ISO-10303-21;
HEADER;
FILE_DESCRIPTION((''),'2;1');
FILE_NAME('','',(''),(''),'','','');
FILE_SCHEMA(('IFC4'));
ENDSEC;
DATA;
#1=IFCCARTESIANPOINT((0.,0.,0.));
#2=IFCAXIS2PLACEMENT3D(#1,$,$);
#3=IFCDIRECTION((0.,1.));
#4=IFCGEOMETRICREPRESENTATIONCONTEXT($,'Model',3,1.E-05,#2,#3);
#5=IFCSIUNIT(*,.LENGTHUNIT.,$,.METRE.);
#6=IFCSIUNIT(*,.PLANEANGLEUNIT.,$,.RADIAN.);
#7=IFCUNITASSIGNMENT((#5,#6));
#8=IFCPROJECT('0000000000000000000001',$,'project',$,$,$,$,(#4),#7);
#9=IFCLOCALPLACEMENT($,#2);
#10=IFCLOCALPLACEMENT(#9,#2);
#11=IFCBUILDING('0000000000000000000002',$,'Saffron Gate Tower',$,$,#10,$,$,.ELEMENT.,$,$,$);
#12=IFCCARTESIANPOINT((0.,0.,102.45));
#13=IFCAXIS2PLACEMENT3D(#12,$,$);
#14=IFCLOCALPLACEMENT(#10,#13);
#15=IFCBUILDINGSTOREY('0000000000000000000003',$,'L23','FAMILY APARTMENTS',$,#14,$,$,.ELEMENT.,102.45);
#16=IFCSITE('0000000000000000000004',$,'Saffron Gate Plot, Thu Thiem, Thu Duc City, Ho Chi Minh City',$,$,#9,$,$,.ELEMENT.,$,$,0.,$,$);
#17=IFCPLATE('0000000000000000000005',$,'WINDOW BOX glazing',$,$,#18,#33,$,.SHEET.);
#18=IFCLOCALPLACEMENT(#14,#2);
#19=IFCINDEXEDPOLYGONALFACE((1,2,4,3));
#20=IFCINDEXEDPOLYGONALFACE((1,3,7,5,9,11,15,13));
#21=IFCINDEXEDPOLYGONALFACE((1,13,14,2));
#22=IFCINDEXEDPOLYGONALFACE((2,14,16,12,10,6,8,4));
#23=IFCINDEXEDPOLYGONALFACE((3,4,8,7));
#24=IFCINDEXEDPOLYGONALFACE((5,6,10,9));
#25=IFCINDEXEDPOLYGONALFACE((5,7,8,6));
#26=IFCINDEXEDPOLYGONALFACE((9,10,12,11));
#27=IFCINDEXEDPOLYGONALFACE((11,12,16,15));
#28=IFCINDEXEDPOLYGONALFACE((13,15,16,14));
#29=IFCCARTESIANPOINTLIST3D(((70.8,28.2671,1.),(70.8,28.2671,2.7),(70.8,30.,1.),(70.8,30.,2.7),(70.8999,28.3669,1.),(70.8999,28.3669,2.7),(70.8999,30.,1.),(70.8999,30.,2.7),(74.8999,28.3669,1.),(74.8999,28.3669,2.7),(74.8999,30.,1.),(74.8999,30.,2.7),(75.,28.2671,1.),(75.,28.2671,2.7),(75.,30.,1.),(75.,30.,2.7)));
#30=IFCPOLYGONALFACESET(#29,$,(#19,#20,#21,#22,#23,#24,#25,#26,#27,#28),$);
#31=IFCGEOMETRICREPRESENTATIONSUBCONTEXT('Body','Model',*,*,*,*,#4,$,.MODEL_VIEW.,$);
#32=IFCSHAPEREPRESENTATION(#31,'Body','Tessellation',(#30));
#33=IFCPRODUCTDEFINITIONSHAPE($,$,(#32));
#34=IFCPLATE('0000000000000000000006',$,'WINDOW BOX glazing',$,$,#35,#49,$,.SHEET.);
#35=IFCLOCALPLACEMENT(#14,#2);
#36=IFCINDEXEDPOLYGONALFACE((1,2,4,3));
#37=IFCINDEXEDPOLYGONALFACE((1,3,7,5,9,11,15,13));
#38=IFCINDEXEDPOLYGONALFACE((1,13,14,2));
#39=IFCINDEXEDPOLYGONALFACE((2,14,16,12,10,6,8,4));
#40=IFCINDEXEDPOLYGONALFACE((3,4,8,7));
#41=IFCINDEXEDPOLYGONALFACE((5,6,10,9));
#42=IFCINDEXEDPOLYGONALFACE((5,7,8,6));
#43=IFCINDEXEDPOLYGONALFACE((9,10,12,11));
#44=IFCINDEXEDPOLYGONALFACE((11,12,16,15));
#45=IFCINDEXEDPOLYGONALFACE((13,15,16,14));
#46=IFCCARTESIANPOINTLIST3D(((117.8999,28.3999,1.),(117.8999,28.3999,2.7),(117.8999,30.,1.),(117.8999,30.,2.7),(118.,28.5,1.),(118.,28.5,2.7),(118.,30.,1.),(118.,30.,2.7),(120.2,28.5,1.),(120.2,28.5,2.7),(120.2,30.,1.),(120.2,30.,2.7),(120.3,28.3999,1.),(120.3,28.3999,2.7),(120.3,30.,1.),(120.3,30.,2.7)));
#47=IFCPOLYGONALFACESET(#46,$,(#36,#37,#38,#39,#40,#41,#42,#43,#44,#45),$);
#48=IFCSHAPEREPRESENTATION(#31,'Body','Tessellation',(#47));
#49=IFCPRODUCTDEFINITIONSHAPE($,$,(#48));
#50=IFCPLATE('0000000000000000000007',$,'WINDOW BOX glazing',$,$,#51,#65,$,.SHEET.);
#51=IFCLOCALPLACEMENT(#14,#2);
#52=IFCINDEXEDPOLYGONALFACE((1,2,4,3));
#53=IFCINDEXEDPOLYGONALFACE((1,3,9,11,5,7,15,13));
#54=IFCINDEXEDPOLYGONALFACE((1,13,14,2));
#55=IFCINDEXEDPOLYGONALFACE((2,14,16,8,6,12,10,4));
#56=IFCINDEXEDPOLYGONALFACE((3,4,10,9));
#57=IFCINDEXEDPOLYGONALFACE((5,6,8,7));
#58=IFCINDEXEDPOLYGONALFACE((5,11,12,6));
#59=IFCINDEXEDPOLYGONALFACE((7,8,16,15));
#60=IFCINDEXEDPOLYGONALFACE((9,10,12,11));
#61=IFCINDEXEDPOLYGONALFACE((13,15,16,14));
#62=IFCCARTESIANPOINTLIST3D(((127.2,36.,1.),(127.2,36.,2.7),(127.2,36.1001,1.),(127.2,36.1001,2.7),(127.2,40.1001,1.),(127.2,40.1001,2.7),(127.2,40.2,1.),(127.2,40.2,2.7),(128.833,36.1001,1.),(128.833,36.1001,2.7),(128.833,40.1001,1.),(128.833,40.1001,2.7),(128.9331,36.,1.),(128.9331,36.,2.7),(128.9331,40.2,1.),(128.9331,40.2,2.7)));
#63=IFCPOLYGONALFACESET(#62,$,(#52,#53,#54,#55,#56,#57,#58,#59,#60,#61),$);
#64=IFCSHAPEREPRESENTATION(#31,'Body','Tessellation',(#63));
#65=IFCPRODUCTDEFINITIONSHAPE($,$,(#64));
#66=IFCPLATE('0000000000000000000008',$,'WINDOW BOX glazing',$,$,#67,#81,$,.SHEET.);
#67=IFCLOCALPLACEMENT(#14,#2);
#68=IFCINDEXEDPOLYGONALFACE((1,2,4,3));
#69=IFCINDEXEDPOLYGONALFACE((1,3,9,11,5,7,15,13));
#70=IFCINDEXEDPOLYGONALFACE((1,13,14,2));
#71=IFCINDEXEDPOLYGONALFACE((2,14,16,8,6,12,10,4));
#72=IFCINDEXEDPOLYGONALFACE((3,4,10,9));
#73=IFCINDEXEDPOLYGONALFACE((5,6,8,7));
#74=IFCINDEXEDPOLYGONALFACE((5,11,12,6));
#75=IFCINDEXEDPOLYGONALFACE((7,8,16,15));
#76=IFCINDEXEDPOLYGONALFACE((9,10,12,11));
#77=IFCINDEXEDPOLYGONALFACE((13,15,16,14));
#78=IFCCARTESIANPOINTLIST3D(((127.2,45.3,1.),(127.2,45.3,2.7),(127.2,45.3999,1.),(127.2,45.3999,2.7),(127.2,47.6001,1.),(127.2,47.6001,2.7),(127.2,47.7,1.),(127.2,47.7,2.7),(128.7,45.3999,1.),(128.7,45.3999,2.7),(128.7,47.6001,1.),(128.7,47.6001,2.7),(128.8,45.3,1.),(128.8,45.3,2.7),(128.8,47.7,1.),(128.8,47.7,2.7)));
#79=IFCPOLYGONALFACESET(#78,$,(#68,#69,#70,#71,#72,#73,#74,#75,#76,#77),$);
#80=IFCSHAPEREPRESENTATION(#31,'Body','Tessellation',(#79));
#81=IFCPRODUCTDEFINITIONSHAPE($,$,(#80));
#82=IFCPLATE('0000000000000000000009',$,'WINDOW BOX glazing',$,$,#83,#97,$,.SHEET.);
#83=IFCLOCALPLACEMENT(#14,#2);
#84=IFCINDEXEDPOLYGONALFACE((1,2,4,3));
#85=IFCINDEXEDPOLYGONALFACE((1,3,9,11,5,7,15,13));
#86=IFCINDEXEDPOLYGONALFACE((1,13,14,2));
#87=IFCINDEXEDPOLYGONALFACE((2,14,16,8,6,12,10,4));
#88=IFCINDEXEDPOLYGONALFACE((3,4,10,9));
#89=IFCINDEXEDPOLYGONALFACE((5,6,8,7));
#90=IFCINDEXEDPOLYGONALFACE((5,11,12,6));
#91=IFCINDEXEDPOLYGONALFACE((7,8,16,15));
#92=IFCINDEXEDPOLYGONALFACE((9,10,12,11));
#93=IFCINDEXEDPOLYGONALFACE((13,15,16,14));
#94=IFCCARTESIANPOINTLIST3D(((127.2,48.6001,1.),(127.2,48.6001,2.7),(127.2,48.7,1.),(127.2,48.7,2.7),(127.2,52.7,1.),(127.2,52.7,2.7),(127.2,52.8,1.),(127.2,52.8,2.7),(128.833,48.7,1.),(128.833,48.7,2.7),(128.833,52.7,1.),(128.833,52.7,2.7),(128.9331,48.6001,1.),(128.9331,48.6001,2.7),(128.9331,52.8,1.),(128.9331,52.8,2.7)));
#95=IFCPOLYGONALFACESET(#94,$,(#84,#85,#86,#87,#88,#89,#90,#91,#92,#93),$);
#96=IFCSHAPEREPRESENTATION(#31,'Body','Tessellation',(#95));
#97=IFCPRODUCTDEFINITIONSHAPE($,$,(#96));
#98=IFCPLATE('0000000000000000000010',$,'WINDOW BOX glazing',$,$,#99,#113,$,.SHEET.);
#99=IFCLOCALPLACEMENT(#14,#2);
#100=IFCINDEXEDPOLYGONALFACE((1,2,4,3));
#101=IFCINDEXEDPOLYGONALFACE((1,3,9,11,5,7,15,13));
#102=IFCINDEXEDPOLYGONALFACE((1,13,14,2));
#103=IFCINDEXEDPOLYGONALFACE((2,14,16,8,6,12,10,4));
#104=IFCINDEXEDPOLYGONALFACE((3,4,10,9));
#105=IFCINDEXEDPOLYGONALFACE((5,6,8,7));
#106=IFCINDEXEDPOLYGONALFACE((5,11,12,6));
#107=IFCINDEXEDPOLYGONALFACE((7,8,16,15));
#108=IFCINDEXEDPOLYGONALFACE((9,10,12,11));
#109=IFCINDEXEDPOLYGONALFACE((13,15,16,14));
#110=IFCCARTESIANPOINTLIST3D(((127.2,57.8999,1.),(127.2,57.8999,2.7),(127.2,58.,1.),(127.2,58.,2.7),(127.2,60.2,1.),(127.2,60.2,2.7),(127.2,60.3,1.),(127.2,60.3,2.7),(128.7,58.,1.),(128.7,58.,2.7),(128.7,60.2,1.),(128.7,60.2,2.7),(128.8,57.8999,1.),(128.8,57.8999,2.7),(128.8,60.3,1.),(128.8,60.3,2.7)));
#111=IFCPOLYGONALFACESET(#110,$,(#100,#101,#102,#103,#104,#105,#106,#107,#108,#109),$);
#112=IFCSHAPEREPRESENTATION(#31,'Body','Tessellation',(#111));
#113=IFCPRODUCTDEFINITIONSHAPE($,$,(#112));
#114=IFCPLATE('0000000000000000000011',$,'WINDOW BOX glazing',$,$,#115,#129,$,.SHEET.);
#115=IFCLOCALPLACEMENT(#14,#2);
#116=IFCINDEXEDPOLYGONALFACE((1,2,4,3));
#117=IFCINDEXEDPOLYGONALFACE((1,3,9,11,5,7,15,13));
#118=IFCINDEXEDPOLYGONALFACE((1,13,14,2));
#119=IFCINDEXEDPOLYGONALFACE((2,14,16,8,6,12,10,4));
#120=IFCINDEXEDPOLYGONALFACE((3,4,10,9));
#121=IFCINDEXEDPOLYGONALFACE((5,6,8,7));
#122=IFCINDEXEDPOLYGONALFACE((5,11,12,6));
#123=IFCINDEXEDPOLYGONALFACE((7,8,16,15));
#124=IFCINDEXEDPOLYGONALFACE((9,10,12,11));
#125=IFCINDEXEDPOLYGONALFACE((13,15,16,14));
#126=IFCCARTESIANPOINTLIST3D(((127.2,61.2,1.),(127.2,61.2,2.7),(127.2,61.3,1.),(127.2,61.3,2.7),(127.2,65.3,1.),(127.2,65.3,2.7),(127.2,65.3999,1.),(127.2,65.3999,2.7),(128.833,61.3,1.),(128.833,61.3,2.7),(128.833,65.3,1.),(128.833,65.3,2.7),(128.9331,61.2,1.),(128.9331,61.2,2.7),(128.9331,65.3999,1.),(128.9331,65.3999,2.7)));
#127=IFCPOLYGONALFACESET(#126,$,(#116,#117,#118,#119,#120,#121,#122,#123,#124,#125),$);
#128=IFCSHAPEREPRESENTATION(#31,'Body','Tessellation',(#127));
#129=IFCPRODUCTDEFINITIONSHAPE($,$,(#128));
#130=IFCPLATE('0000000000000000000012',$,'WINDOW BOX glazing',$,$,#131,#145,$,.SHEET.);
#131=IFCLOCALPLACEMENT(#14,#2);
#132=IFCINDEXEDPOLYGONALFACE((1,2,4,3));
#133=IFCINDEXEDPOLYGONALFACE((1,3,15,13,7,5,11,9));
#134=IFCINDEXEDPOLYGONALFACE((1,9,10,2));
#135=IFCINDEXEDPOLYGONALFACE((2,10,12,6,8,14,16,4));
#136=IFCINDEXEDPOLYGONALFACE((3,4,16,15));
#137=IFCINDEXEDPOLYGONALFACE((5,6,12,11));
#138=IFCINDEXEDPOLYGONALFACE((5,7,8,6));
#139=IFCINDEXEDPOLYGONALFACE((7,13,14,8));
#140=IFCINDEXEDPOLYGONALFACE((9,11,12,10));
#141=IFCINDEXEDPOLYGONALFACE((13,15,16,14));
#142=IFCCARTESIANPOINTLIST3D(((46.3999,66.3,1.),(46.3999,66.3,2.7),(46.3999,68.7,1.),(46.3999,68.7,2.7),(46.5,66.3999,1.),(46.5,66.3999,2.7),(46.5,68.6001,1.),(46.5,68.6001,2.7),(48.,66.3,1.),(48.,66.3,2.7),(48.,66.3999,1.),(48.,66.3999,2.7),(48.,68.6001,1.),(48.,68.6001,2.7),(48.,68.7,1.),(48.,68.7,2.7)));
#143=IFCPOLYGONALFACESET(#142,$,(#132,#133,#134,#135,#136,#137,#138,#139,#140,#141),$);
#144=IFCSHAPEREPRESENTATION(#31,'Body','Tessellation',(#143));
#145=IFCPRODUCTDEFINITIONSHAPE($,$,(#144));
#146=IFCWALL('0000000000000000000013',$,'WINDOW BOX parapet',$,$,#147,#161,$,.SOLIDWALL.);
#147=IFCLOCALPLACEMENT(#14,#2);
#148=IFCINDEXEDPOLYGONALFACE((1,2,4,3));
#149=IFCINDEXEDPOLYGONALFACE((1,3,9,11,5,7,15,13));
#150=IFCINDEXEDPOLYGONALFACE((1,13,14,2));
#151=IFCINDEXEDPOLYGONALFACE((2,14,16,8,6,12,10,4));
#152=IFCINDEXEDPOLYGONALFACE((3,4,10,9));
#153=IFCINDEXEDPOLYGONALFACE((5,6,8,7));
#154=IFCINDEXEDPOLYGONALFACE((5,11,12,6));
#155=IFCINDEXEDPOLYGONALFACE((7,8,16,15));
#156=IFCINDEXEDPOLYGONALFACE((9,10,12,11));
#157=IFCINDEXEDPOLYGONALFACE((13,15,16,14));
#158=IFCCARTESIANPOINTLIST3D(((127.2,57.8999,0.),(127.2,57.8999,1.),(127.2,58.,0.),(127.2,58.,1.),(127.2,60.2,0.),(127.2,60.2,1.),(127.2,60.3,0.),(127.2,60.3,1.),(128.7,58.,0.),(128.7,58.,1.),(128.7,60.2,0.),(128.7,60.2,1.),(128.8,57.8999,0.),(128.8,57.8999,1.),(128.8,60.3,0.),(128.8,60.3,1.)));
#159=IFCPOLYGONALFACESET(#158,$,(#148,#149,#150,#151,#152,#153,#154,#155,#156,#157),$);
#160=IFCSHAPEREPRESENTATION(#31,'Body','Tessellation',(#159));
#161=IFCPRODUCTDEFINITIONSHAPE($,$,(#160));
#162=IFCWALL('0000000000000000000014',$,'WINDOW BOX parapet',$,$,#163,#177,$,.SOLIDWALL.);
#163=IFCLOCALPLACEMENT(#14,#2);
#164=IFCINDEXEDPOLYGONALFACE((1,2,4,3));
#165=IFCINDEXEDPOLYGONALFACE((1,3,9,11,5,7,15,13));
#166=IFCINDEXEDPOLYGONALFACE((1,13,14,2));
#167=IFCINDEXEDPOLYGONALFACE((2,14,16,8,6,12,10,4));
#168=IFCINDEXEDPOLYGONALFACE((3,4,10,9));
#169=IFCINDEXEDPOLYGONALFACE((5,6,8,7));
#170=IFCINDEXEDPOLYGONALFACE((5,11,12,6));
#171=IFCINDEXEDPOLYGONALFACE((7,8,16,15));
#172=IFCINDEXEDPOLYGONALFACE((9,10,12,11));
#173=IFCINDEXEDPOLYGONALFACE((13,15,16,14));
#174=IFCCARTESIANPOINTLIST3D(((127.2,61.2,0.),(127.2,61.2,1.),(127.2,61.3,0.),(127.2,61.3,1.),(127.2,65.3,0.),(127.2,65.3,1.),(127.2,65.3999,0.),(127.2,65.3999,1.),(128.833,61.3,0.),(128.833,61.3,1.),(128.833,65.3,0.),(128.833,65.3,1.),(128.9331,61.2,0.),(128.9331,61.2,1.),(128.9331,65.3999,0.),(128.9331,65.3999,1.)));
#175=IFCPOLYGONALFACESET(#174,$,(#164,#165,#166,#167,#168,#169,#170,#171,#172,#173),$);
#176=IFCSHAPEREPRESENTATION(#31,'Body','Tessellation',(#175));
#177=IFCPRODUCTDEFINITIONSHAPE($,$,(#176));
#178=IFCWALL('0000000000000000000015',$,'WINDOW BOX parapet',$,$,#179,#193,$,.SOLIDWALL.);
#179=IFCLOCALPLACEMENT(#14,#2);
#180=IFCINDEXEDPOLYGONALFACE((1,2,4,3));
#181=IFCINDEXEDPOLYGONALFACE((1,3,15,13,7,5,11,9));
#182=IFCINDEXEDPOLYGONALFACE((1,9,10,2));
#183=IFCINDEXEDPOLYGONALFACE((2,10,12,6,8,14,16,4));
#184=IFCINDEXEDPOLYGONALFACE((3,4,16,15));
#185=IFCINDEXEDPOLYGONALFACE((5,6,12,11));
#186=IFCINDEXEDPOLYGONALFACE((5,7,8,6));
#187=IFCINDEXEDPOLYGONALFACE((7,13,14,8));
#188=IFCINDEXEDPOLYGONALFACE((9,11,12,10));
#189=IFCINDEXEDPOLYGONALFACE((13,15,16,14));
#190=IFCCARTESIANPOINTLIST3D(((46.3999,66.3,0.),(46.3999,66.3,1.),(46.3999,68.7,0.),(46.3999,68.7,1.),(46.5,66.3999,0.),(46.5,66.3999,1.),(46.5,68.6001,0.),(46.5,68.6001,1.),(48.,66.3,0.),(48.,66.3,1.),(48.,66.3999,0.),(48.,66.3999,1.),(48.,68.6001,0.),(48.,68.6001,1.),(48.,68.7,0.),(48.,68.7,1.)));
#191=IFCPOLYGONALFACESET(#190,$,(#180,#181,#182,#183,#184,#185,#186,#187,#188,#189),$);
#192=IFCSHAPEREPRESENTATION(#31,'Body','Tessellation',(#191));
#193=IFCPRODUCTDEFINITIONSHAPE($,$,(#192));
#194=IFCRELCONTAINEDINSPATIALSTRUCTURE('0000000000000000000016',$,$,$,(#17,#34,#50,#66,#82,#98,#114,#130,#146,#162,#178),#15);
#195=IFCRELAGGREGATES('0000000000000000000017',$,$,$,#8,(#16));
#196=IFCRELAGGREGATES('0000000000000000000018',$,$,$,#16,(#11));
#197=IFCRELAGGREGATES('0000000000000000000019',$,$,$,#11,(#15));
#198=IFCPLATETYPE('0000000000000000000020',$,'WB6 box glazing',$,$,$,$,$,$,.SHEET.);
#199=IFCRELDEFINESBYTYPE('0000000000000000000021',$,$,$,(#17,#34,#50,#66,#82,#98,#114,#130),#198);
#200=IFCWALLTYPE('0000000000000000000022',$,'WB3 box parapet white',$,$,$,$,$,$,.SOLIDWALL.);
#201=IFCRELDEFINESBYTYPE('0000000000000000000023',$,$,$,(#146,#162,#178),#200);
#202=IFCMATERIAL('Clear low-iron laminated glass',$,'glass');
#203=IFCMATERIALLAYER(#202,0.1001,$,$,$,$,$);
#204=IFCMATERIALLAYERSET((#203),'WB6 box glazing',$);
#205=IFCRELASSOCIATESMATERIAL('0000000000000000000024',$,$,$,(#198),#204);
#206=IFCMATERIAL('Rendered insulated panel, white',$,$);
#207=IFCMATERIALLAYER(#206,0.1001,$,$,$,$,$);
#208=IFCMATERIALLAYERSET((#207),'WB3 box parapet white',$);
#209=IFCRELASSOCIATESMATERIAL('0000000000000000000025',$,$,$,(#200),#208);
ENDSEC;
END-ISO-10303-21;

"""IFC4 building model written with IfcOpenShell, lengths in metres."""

from ifc_helpers import new_model, si_unit, direction, frame, origin, place, context, subcontext, project, spatial, polyline, outline, extrude, material, layer, layer_set, type_object, element, save


model = new_model("IFC4")

# Units and contexts
model_context = context("Model", 3, precision=1e-05, world=origin(), true_north=direction((0.0, 1.0)))
body_context = subcontext(model_context, "Body", "Model", "MODEL_VIEW")
ifc_project = project(units=[si_unit("LENGTHUNIT", "METRE"), si_unit("PLANEANGLEUNIT", "RADIAN")], contexts=[model_context])

# Site, building, storey
site_placement = place(None, origin())
site = spatial("IfcSite", under=ifc_project, at=site_placement, Name="Saffron Gate Plot, Thu Thiem, Thu Duc City, Ho Chi Minh City", CompositionType="ELEMENT", RefElevation=0.0)
building_placement = place(site_placement, origin())
building = spatial("IfcBuilding", under=site, at=building_placement, Name="Saffron Gate Tower", CompositionType="ELEMENT")
storey_placement = place(building_placement, frame((0.0, 0.0, 102.45)))
storey = spatial("IfcBuildingStorey", under=building, at=storey_placement, Name="L23", Description="FAMILY APARTMENTS", CompositionType="ELEMENT", Elevation=102.45)

# Plates
ifc_material_1 = material(Name="Clear low-iron laminated glass", Category="glass")
ifc_layer_1 = layer(ifc_material_1, 0.1001)
ifc_layer_set_1 = layer_set([ifc_layer_1], Name="WB6 box glazing")
plate_type_1 = type_object("IfcPlateType", Name="WB6 box glazing", PredefinedType="SHEET", material=ifc_layer_set_1)
plate_1_placement = place(storey_placement, frame((0.0, 0.0, 1.0)))
element("IfcPlate", 1, at=plate_1_placement, inside=storey, type_object=plate_type_1, Name="WINDOW BOX glazing", PredefinedType="SHEET", context=body_context, shape_type="SweptSolid", body=[
    extrude(outline(polyline([(70.8, 30.0), (70.8999, 30.0), (70.8999, 28.3669), (74.8999, 28.3669), (74.8999, 30.0), (75.0, 30.0), (75.0, 28.2671), (70.8, 28.2671), (70.8, 30.0)])), origin(), (0.0, 0.0, 1.0), 1.7),
])
plate_2_placement = place(storey_placement, frame((0.0, 0.0, 1.0)))
element("IfcPlate", 2, at=plate_2_placement, inside=storey, type_object=plate_type_1, Name="WINDOW BOX glazing", PredefinedType="SHEET", context=body_context, shape_type="SweptSolid", body=[
    extrude(outline(polyline([(117.8999, 30.0), (118.0, 30.0), (118.0, 28.5), (120.2, 28.5), (120.2, 30.0), (120.3, 30.0), (120.3, 28.3999), (117.8999, 28.3999), (117.8999, 30.0)])), origin(), (0.0, 0.0, 1.0), 1.7),
])
plate_3_placement = place(storey_placement, frame((0.0, 0.0, 1.0)))
element("IfcPlate", 3, at=plate_3_placement, inside=storey, type_object=plate_type_1, Name="WINDOW BOX glazing", PredefinedType="SHEET", context=body_context, shape_type="SweptSolid", body=[
    extrude(outline(polyline([(127.2, 36.0), (127.2, 36.1001), (128.833, 36.1001), (128.833, 40.1001), (127.2, 40.1001), (127.2, 40.2), (128.9331, 40.2), (128.9331, 36.0), (127.2, 36.0)])), origin(), (0.0, 0.0, 1.0), 1.7),
])
plate_4_placement = place(storey_placement, frame((0.0, 0.0, 1.0)))
element("IfcPlate", 4, at=plate_4_placement, inside=storey, type_object=plate_type_1, Name="WINDOW BOX glazing", PredefinedType="SHEET", context=body_context, shape_type="SweptSolid", body=[
    extrude(outline(polyline([(127.2, 45.3), (127.2, 45.3999), (128.7, 45.3999), (128.7, 47.6001), (127.2, 47.6001), (127.2, 47.7), (128.8, 47.7), (128.8, 45.3), (127.2, 45.3)])), origin(), (0.0, 0.0, 1.0), 1.7),
])
plate_5_placement = place(storey_placement, frame((0.0, 0.0, 1.0)))
element("IfcPlate", 5, at=plate_5_placement, inside=storey, type_object=plate_type_1, Name="WINDOW BOX glazing", PredefinedType="SHEET", context=body_context, shape_type="SweptSolid", body=[
    extrude(outline(polyline([(127.2, 48.6001), (127.2, 48.7), (128.833, 48.7), (128.833, 52.7), (127.2, 52.7), (127.2, 52.8), (128.9331, 52.8), (128.9331, 48.6001), (127.2, 48.6001)])), origin(), (0.0, 0.0, 1.0), 1.7),
])
plate_6_placement = place(storey_placement, frame((0.0, 0.0, 1.0)))
element("IfcPlate", 6, at=plate_6_placement, inside=storey, type_object=plate_type_1, Name="WINDOW BOX glazing", PredefinedType="SHEET", context=body_context, shape_type="SweptSolid", body=[
    extrude(outline(polyline([(127.2, 57.8999), (127.2, 58.0), (128.7, 58.0), (128.7, 60.2), (127.2, 60.2), (127.2, 60.3), (128.8, 60.3), (128.8, 57.8999), (127.2, 57.8999)])), origin(), (0.0, 0.0, 1.0), 1.7),
])
plate_7_placement = place(storey_placement, frame((0.0, 0.0, 1.0)))
element("IfcPlate", 7, at=plate_7_placement, inside=storey, type_object=plate_type_1, Name="WINDOW BOX glazing", PredefinedType="SHEET", context=body_context, shape_type="SweptSolid", body=[
    extrude(outline(polyline([(127.2, 61.2), (127.2, 61.3), (128.833, 61.3), (128.833, 65.3), (127.2, 65.3), (127.2, 65.3999), (128.9331, 65.3999), (128.9331, 61.2), (127.2, 61.2)])), origin(), (0.0, 0.0, 1.0), 1.7),
])
plate_8_placement = place(storey_placement, frame((0.0, 0.0, 1.0)))
element("IfcPlate", 8, at=plate_8_placement, inside=storey, type_object=plate_type_1, Name="WINDOW BOX glazing", PredefinedType="SHEET", context=body_context, shape_type="SweptSolid", body=[
    extrude(outline(polyline([(48.0, 68.7), (48.0, 68.6001), (46.5, 68.6001), (46.5, 66.3999), (48.0, 66.3999), (48.0, 66.3), (46.3999, 66.3), (46.3999, 68.7), (48.0, 68.7)])), origin(), (0.0, 0.0, 1.0), 1.7),
])

# Walls
ifc_material_2 = material(Name="Rendered insulated panel, white")
ifc_layer_2 = layer(ifc_material_2, 0.1001)
ifc_layer_set_2 = layer_set([ifc_layer_2], Name="WB3 box parapet white")
wall_type = type_object("IfcWallType", Name="WB3 box parapet white", PredefinedType="SOLIDWALL", material=ifc_layer_set_2)
wall_1_placement = place(storey_placement, origin())
element("IfcWall", 9, at=wall_1_placement, inside=storey, type_object=wall_type, Name="WINDOW BOX parapet", PredefinedType="SOLIDWALL", context=body_context, shape_type="SweptSolid", body=[
    extrude(outline(polyline([(127.2, 57.8999), (127.2, 58.0), (128.7, 58.0), (128.7, 60.2), (127.2, 60.2), (127.2, 60.3), (128.8, 60.3), (128.8, 57.8999), (127.2, 57.8999)])), origin(), (0.0, 0.0, 1.0), 1.0),
])
wall_2_placement = place(storey_placement, origin())
element("IfcWall", 10, at=wall_2_placement, inside=storey, type_object=wall_type, Name="WINDOW BOX parapet", PredefinedType="SOLIDWALL", context=body_context, shape_type="SweptSolid", body=[
    extrude(outline(polyline([(127.2, 61.2), (127.2, 61.3), (128.833, 61.3), (128.833, 65.3), (127.2, 65.3), (127.2, 65.3999), (128.9331, 65.3999), (128.9331, 61.2), (127.2, 61.2)])), origin(), (0.0, 0.0, 1.0), 1.0),
])
wall_3_placement = place(storey_placement, origin())
element("IfcWall", 11, at=wall_3_placement, inside=storey, type_object=wall_type, Name="WINDOW BOX parapet", PredefinedType="SOLIDWALL", context=body_context, shape_type="SweptSolid", body=[
    extrude(outline(polyline([(48.0, 68.7), (48.0, 68.6001), (46.5, 68.6001), (46.5, 66.3999), (48.0, 66.3999), (48.0, 66.3), (46.3999, 66.3), (46.3999, 68.7), (48.0, 68.7)])), origin(), (0.0, 0.0, 1.0), 1.0),
])

save(model, "model.ifc")
